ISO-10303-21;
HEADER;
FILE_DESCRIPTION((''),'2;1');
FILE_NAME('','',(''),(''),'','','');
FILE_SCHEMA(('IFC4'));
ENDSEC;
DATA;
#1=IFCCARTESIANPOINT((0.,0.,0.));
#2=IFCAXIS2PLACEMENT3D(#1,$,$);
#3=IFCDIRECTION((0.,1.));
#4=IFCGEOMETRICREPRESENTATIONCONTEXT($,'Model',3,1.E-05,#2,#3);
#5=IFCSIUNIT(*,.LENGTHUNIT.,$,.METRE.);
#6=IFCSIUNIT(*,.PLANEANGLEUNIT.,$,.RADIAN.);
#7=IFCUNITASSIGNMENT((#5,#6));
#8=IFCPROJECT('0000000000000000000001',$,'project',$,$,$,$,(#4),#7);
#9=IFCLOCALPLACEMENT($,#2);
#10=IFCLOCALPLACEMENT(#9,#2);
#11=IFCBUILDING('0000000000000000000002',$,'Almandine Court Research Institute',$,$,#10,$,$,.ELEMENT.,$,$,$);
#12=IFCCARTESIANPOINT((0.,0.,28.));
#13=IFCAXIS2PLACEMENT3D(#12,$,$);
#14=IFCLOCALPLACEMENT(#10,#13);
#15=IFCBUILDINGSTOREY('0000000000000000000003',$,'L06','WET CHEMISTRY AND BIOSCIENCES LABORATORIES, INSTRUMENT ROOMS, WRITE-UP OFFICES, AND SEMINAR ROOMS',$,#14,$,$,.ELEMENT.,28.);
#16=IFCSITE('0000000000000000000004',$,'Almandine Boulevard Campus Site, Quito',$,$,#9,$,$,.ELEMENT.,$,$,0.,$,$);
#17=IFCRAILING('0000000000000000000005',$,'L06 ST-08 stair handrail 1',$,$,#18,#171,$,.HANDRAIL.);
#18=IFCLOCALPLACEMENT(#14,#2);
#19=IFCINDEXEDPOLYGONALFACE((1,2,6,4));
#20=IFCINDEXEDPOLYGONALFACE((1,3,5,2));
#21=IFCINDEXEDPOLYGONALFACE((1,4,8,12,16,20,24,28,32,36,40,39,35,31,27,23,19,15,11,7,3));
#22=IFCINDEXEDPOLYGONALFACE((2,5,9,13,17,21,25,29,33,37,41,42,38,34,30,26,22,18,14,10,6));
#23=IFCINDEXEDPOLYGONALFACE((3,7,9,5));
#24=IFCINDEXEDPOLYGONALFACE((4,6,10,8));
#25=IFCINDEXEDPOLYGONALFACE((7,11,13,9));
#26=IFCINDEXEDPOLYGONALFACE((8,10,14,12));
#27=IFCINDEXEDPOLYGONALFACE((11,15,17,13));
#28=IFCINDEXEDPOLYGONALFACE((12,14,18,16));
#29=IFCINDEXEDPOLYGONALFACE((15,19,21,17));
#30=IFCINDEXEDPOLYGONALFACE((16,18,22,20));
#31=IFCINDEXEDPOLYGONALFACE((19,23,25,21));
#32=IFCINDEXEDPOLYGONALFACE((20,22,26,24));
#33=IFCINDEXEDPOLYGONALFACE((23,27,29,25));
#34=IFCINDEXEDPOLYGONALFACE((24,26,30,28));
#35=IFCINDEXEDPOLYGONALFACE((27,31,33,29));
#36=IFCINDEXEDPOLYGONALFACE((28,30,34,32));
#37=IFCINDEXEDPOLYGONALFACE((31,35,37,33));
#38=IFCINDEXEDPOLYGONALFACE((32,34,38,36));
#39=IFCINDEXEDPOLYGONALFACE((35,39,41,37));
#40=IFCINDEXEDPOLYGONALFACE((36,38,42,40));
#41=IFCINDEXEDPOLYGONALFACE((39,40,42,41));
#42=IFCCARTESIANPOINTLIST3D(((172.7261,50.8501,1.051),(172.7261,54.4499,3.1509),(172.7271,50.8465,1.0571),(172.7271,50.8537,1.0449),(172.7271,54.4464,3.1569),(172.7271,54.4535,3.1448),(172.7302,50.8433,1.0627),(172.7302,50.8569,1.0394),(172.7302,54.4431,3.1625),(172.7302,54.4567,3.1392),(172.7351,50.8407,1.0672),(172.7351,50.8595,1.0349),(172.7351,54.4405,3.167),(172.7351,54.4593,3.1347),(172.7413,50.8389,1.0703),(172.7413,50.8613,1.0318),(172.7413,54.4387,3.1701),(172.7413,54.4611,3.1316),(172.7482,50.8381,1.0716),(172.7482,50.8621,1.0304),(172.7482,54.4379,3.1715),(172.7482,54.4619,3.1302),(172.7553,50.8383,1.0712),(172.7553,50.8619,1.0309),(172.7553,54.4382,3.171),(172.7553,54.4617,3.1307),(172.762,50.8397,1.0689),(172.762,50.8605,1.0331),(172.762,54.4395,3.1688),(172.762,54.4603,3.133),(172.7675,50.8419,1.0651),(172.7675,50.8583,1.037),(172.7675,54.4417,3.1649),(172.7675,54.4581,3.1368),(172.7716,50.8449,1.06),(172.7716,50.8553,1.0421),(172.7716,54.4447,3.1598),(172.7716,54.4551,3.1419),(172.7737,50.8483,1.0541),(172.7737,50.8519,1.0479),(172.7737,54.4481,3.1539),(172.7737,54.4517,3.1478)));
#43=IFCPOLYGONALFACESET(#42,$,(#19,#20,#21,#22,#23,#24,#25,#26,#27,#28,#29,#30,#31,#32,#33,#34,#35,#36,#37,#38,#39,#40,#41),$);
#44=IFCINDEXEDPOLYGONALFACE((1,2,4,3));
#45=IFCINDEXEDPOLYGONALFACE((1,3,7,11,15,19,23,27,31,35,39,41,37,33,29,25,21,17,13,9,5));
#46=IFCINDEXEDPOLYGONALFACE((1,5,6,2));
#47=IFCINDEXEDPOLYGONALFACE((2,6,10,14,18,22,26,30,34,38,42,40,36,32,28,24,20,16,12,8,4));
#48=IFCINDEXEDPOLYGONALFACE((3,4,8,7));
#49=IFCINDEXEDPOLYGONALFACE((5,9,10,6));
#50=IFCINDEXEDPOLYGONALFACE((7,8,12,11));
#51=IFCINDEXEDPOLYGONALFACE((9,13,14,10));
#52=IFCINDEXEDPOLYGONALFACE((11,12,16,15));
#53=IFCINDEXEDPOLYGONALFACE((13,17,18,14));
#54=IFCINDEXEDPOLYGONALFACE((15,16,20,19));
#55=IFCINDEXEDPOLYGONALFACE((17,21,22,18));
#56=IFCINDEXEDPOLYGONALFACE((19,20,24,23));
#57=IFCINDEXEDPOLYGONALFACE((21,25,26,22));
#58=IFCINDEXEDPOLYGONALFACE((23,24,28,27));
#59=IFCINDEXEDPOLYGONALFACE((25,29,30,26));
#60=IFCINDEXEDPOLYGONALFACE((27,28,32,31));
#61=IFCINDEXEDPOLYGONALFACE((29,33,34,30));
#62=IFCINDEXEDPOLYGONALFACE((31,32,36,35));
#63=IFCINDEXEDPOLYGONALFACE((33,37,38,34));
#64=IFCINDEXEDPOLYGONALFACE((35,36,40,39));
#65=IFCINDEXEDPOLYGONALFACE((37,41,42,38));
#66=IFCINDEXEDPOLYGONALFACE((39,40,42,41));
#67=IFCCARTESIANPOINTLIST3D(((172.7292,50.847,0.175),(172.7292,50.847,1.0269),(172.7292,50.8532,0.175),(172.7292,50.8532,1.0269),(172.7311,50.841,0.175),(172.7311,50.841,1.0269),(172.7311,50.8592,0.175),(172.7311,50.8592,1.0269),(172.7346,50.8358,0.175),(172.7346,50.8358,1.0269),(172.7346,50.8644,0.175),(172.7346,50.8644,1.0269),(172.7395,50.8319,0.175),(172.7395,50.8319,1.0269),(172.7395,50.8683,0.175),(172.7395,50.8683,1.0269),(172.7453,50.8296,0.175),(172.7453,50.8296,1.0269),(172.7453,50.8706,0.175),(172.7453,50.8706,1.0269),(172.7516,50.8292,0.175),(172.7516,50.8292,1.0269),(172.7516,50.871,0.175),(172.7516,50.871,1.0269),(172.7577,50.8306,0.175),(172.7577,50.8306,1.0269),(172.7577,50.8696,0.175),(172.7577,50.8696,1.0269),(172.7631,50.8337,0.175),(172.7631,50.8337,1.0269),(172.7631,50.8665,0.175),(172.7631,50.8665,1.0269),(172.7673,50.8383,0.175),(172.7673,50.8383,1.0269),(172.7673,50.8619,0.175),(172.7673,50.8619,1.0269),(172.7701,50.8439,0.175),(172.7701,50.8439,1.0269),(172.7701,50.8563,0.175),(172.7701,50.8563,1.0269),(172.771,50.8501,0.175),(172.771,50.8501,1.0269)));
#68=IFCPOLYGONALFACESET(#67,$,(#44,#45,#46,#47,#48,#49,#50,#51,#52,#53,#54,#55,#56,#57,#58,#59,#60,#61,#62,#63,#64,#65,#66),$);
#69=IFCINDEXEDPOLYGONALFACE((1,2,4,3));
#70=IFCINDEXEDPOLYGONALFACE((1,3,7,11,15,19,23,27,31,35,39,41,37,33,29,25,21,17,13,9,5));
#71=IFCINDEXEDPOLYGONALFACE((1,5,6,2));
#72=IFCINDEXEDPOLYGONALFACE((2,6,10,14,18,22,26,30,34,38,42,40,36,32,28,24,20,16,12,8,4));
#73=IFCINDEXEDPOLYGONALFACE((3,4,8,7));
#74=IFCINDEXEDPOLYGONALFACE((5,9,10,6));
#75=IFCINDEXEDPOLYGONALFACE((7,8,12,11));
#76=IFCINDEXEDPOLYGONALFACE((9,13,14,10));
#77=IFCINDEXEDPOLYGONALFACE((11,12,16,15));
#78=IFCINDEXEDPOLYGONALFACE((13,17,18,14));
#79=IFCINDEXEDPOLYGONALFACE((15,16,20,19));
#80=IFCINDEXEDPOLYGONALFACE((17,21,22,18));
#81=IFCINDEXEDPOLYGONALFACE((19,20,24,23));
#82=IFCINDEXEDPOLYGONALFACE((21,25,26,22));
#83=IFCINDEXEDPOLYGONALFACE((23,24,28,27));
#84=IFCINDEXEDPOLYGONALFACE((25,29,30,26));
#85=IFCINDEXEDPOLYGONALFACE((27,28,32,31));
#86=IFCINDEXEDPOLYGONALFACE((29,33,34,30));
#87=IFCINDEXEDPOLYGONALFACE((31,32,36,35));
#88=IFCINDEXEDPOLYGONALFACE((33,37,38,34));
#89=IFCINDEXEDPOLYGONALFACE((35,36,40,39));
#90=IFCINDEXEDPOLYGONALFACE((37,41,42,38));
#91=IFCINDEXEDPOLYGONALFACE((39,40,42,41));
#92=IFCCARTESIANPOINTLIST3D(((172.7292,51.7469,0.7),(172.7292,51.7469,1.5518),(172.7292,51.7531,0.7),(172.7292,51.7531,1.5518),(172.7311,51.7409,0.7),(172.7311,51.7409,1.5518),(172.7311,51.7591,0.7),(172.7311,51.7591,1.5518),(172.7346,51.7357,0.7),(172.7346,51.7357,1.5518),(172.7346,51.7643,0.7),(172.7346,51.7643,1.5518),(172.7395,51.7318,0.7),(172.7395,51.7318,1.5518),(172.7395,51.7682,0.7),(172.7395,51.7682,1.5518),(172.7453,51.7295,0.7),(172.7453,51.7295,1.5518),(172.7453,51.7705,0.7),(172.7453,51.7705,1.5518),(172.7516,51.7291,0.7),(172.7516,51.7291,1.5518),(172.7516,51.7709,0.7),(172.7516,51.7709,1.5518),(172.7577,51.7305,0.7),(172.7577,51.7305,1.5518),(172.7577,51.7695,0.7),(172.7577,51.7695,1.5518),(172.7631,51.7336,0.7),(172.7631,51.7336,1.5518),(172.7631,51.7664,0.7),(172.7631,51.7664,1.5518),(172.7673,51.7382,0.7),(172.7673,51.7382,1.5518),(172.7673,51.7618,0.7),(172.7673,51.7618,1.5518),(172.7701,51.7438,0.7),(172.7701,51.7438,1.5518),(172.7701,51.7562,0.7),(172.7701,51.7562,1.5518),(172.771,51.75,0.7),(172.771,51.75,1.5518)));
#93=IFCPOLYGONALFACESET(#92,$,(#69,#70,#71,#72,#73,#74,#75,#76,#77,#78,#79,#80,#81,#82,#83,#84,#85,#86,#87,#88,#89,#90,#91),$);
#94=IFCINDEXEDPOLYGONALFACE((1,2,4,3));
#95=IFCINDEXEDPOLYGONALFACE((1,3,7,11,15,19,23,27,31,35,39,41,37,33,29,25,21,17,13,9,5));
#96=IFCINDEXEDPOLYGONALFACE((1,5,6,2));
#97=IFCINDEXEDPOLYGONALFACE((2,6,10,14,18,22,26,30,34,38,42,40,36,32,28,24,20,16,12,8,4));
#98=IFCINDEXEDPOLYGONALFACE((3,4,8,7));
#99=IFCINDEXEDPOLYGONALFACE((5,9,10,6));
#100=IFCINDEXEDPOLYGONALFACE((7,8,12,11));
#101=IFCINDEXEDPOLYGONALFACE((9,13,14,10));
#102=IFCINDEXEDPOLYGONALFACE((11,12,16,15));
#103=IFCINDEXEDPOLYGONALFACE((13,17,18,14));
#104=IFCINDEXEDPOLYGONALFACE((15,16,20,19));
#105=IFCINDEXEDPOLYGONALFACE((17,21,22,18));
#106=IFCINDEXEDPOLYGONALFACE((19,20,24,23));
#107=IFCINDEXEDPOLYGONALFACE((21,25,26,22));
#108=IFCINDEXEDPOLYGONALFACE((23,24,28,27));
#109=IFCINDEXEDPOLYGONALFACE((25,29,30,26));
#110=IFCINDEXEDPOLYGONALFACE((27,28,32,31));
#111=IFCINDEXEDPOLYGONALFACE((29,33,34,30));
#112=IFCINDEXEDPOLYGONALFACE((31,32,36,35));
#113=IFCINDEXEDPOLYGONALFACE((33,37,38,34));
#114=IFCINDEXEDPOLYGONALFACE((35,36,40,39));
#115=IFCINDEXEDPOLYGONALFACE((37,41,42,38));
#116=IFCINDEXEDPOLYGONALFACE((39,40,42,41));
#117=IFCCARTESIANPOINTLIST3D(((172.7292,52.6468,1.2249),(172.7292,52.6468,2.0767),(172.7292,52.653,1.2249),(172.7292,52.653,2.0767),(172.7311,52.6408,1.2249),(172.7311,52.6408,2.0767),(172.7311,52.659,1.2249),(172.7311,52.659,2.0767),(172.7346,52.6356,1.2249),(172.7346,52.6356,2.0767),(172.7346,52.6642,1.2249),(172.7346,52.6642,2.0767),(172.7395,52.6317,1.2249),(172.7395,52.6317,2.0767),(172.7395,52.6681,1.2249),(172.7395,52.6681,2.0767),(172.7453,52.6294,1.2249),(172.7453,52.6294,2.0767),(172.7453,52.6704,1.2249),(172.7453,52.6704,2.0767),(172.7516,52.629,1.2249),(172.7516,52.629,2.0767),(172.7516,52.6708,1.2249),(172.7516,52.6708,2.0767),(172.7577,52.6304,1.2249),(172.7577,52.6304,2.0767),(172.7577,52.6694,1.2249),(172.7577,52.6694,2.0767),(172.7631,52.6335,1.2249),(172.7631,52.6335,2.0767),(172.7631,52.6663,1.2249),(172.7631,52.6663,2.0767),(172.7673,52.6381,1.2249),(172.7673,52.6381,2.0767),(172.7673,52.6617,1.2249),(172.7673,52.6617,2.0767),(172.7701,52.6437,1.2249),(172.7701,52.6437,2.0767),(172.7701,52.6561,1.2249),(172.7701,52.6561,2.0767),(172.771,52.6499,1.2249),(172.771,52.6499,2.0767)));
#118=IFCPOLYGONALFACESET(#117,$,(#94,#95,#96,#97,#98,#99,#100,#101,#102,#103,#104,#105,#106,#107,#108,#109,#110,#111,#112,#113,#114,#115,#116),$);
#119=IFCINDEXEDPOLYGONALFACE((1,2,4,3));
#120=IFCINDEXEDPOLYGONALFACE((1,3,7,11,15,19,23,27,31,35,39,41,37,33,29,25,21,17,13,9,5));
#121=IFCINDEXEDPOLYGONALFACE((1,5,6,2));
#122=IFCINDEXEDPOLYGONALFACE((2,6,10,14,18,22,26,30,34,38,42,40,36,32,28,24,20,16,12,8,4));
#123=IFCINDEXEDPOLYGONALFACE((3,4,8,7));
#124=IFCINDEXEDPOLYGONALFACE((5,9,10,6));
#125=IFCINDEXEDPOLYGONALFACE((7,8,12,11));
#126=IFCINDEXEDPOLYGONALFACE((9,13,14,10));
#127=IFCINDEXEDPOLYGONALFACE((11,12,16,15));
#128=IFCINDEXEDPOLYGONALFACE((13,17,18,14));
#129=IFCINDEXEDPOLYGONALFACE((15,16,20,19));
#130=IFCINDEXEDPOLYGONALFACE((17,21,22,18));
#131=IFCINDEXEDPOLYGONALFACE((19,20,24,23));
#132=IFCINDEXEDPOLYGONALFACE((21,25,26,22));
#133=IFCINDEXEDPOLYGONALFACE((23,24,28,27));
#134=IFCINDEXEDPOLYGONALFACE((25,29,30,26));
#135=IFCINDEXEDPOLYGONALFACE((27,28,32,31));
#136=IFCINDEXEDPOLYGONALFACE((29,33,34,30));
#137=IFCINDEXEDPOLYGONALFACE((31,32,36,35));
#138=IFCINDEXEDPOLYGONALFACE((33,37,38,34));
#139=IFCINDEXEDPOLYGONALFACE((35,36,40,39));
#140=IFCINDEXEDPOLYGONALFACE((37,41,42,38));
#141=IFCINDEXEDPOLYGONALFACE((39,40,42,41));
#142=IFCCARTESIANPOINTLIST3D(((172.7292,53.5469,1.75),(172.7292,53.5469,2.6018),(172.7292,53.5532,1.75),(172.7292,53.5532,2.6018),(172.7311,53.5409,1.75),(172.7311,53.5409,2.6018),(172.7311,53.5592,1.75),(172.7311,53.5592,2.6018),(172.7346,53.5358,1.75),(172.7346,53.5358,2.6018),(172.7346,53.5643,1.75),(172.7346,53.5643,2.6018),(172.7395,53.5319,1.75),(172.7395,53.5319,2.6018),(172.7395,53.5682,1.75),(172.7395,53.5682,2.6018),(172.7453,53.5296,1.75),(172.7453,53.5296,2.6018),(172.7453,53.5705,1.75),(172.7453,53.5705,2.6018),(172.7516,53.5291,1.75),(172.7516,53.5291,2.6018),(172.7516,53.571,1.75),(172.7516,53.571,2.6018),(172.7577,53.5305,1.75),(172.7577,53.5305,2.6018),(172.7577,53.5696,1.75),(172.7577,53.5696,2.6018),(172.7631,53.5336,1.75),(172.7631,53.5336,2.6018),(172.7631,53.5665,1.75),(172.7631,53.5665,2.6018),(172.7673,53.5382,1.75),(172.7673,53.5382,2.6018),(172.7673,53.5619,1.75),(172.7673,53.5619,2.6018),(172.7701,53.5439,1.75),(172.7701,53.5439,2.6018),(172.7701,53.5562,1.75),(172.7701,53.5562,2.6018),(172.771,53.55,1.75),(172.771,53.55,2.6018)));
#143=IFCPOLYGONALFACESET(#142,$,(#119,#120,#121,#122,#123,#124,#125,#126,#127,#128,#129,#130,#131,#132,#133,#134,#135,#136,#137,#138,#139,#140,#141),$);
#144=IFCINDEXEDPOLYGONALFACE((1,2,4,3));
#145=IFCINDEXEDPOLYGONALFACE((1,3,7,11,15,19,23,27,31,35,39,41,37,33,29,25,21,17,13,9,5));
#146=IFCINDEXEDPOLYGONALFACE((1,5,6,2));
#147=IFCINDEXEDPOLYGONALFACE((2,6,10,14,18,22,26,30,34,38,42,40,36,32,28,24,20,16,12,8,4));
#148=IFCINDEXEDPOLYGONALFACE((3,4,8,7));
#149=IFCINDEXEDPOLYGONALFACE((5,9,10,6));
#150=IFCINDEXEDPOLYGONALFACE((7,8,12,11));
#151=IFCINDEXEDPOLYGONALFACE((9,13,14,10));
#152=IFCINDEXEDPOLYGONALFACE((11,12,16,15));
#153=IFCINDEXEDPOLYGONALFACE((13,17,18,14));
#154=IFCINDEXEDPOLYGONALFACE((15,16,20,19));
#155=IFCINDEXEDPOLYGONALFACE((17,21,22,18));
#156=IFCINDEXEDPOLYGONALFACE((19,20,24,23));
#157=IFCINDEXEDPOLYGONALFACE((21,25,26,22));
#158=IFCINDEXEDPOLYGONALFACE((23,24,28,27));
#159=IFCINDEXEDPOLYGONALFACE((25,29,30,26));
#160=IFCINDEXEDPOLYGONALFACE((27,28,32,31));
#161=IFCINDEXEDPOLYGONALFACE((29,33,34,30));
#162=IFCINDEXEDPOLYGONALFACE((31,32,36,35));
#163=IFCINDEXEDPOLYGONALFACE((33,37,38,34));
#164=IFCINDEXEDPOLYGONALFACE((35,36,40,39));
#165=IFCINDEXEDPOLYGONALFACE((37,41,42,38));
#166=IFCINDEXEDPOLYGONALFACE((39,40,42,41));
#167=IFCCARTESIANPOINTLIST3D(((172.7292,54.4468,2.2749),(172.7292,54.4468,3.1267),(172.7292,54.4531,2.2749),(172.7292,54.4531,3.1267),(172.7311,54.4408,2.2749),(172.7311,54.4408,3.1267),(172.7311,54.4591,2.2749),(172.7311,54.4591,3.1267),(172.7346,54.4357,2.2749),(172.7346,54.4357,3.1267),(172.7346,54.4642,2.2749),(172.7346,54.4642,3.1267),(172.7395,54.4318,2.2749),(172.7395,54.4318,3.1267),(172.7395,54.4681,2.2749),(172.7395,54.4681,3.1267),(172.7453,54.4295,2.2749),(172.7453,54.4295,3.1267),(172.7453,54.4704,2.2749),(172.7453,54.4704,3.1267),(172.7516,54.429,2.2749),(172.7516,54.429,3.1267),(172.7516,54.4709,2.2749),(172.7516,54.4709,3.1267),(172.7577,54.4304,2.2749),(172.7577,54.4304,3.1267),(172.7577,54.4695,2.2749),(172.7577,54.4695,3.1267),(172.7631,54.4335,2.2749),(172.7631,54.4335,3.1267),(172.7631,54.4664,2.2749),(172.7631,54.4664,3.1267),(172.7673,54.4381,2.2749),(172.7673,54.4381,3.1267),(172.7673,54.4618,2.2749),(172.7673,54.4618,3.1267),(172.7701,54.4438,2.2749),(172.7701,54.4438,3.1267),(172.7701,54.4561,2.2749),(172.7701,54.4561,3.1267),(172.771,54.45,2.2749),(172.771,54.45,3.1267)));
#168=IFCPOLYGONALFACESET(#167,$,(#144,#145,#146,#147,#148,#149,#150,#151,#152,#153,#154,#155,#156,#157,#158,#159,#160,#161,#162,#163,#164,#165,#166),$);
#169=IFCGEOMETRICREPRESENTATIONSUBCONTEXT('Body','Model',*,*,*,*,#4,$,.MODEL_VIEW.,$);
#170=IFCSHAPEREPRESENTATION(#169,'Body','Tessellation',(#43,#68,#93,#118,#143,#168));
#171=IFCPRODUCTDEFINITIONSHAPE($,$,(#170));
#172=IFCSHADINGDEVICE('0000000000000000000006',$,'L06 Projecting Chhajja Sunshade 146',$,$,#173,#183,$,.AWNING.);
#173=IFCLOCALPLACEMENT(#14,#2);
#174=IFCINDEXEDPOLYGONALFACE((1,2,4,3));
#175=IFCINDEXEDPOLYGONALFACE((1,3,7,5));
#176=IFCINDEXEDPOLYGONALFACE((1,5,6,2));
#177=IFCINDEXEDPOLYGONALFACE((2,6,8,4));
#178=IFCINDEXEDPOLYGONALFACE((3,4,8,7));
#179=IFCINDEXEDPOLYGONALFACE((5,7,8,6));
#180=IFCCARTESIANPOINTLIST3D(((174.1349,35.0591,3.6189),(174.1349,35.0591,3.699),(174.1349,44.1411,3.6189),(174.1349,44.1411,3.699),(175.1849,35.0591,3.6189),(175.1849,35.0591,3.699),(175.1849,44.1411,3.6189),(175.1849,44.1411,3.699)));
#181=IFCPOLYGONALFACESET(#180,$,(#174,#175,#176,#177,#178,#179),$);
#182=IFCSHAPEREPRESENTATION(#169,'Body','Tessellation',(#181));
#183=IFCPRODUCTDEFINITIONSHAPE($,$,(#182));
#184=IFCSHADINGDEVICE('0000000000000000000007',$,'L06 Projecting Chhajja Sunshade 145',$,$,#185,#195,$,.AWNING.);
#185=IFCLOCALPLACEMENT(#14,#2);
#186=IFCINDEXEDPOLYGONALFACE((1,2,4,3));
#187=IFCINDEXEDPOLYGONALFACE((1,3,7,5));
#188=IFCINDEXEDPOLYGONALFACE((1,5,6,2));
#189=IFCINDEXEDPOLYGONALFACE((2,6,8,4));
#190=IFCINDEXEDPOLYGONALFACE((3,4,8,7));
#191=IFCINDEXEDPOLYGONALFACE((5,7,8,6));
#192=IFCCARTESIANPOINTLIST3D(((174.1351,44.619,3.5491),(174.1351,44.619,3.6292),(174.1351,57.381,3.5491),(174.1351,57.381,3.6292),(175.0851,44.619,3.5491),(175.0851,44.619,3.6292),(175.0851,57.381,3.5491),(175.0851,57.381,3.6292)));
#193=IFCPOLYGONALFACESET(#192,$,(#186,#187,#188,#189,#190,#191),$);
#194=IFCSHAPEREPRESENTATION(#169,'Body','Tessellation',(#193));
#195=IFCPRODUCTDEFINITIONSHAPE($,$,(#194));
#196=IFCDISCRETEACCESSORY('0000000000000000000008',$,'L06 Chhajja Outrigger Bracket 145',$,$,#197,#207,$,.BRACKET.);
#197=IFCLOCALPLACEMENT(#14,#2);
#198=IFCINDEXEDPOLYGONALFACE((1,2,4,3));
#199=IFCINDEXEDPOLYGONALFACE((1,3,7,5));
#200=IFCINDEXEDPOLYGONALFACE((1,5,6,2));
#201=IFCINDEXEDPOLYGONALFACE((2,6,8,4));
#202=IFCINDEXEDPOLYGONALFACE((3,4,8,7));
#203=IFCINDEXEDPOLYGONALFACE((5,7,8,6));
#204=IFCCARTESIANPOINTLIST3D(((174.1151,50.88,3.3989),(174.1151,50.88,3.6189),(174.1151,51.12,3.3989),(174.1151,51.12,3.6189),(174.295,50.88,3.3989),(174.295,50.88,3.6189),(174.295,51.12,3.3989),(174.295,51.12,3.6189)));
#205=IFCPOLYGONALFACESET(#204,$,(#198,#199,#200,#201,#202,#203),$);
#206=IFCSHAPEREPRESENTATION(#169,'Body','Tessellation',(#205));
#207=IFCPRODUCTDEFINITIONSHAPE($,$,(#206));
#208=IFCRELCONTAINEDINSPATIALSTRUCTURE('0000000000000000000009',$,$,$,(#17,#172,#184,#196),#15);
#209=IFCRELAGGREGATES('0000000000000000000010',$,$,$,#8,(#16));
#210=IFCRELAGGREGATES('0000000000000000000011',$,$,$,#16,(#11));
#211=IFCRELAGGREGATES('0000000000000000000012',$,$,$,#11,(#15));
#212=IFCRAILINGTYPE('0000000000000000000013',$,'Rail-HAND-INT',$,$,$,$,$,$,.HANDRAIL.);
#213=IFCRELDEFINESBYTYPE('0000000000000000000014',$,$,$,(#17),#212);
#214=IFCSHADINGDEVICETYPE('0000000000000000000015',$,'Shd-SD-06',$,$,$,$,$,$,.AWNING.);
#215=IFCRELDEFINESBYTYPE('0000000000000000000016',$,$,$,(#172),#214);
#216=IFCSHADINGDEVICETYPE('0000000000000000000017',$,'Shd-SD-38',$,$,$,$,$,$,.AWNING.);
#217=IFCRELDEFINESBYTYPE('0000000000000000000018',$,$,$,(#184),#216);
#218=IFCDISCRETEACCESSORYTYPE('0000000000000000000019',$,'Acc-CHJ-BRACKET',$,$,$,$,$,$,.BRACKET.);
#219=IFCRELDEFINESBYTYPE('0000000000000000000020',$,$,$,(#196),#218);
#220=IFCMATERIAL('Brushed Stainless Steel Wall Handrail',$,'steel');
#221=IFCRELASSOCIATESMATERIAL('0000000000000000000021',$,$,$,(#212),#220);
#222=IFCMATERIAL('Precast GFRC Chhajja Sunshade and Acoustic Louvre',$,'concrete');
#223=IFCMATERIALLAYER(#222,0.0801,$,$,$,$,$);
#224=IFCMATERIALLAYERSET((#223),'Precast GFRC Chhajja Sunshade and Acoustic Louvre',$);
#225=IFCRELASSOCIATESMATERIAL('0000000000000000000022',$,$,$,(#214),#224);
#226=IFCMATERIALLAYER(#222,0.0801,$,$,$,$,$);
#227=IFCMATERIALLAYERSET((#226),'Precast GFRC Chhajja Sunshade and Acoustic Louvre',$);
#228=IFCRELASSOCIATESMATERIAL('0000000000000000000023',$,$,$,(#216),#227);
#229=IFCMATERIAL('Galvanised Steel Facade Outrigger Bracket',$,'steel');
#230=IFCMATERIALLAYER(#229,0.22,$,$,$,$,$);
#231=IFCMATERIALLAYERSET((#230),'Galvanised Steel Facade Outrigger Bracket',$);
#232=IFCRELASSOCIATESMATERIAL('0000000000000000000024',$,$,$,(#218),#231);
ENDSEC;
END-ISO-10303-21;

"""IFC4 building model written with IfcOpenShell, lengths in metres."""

from ifc_helpers import new_model, si_unit, direction, frame, origin, origin_2d, place, context, subcontext, project, spatial, rectangle, circle, extrude, material, layer, layer_set, type_object, element, save


model = new_model("IFC4")

# Units and contexts
model_context = context("Model", 3, precision=1e-05, world=origin(), true_north=direction((0.0, 1.0)))
body_context = subcontext(model_context, "Body", "Model", "MODEL_VIEW")
ifc_project = project(units=[si_unit("LENGTHUNIT", "METRE"), si_unit("PLANEANGLEUNIT", "RADIAN")], contexts=[model_context])

# Site, building, storey
site_placement = place(None, origin())
site = spatial("IfcSite", under=ifc_project, at=site_placement, Name="Almandine Boulevard Campus Site, Quito", CompositionType="ELEMENT", RefElevation=0.0)
building_placement = place(site_placement, origin())
building = spatial("IfcBuilding", under=site, at=building_placement, Name="Almandine Court Research Institute", CompositionType="ELEMENT")
storey_placement = place(building_placement, frame((0.0, 0.0, 28.0)))
storey = spatial("IfcBuildingStorey", under=building, at=storey_placement, Name="L06", Description="WET CHEMISTRY AND BIOSCIENCES LABORATORIES, INSTRUMENT ROOMS, WRITE-UP OFFICES, AND SEMINAR ROOMS", CompositionType="ELEMENT", Elevation=28.0)

# Railing
ifc_material_1 = material(Name="Brushed Stainless Steel Wall Handrail", Category="steel")
railing_type_1 = type_object("IfcRailingType", Name="Rail-HAND-INT", PredefinedType="HANDRAIL", material=ifc_material_1)
railing_1_placement = place(storey_placement, frame((172.75, 50.8501, 0.175)))
element("IfcRailing", 1, at=railing_1_placement, inside=storey, type_object=railing_type_1, Name="L06 ST-08 stair handrail 1", PredefinedType="HANDRAIL", context=body_context, shape_type="SweptSolid", body=[
    extrude(circle(Radius=0.0239, at=origin_2d()), frame((0.0, 0.0, 0.876), z_axis=(0.0, 0.863785, 0.50386), x_axis=(-1.0, 0.0, 0.0)), (0.0, 0.0, 1.0), 4.1675),
    extrude(circle(Radius=0.021, at=origin_2d()), origin(), (0.0, 0.0, 1.0), 0.8518),
    extrude(circle(Radius=0.021, at=origin_2d()), frame((0.0, 0.8999, 0.5249)), (0.0, 0.0, 1.0), 0.8518),
    extrude(circle(Radius=0.021, at=origin_2d()), frame((0.0, 1.7998, 1.0498)), (0.0, 0.0, 1.0), 0.8518),
    extrude(circle(Radius=0.021, at=origin_2d()), frame((0.0, 2.7, 1.575)), (0.0, 0.0, 1.0), 0.8518),
    extrude(circle(Radius=0.021, at=origin_2d()), frame((0.0, 3.5999, 2.0999)), (0.0, 0.0, 1.0), 0.8518),
])

# Shading devices
ifc_material_2 = material(Name="Precast GFRC Chhajja Sunshade and Acoustic Louvre", Category="concrete")
ifc_layer_1 = layer(ifc_material_2, 0.0801)
ifc_layer_set_1 = layer_set([ifc_layer_1], Name="Precast GFRC Chhajja Sunshade and Acoustic Louvre")
shading_device_type_1 = type_object("IfcShadingDeviceType", Name="Shd-SD-06", PredefinedType="AWNING", material=ifc_layer_set_1)
shading_device_1_placement = place(storey_placement, frame((174.6599, 39.6001, 3.6189), z_axis=(0.0, 0.0, 1.0), x_axis=(0.0, -1.0, 0.0)))
element("IfcShadingDevice", 2, at=shading_device_1_placement, inside=storey, type_object=shading_device_type_1, Name="L06 Projecting Chhajja Sunshade 146", PredefinedType="AWNING", context=body_context, shape_type="SweptSolid", body=[
    extrude(rectangle(XDim=9.082, YDim=1.05, at=origin_2d()), origin(), (0.0, 0.0, 1.0), 0.0801),
])
ifc_layer_2 = layer(ifc_material_2, 0.0801)
ifc_layer_set_2 = layer_set([ifc_layer_2], Name="Precast GFRC Chhajja Sunshade and Acoustic Louvre")
shading_device_type_2 = type_object("IfcShadingDeviceType", Name="Shd-SD-38", PredefinedType="AWNING", material=ifc_layer_set_2)
shading_device_2_placement = place(storey_placement, frame((174.6101, 51.0, 3.5491), z_axis=(0.0, 0.0, 1.0), x_axis=(0.0, -1.0, 0.0)))
element("IfcShadingDevice", 3, at=shading_device_2_placement, inside=storey, type_object=shading_device_type_2, Name="L06 Projecting Chhajja Sunshade 145", PredefinedType="AWNING", context=body_context, shape_type="SweptSolid", body=[
    extrude(rectangle(XDim=12.762, YDim=0.95, at=origin_2d()), origin(), (0.0, 0.0, 1.0), 0.0801),
])

# Discrete accessory
ifc_material_3 = material(Name="Galvanised Steel Facade Outrigger Bracket", Category="steel")
ifc_layer_3 = layer(ifc_material_3, 0.22)
ifc_layer_set_3 = layer_set([ifc_layer_3], Name="Galvanised Steel Facade Outrigger Bracket")
discrete_accessory_type = type_object("IfcDiscreteAccessoryType", Name="Acc-CHJ-BRACKET", PredefinedType="BRACKET", material=ifc_layer_set_3)
discrete_accessory_placement = place(storey_placement, frame((174.2051, 51.0, 3.3989), z_axis=(0.0, 0.0, 1.0), x_axis=(0.0, -1.0, 0.0)))
element("IfcDiscreteAccessory", 4, at=discrete_accessory_placement, inside=storey, type_object=discrete_accessory_type, Name="L06 Chhajja Outrigger Bracket 145", PredefinedType="BRACKET", context=body_context, shape_type="SweptSolid", body=[
    extrude(rectangle(XDim=0.24, YDim=0.1799, at=origin_2d()), origin(), (0.0, 0.0, 1.0), 0.22),
])

save(model, "model.ifc")
